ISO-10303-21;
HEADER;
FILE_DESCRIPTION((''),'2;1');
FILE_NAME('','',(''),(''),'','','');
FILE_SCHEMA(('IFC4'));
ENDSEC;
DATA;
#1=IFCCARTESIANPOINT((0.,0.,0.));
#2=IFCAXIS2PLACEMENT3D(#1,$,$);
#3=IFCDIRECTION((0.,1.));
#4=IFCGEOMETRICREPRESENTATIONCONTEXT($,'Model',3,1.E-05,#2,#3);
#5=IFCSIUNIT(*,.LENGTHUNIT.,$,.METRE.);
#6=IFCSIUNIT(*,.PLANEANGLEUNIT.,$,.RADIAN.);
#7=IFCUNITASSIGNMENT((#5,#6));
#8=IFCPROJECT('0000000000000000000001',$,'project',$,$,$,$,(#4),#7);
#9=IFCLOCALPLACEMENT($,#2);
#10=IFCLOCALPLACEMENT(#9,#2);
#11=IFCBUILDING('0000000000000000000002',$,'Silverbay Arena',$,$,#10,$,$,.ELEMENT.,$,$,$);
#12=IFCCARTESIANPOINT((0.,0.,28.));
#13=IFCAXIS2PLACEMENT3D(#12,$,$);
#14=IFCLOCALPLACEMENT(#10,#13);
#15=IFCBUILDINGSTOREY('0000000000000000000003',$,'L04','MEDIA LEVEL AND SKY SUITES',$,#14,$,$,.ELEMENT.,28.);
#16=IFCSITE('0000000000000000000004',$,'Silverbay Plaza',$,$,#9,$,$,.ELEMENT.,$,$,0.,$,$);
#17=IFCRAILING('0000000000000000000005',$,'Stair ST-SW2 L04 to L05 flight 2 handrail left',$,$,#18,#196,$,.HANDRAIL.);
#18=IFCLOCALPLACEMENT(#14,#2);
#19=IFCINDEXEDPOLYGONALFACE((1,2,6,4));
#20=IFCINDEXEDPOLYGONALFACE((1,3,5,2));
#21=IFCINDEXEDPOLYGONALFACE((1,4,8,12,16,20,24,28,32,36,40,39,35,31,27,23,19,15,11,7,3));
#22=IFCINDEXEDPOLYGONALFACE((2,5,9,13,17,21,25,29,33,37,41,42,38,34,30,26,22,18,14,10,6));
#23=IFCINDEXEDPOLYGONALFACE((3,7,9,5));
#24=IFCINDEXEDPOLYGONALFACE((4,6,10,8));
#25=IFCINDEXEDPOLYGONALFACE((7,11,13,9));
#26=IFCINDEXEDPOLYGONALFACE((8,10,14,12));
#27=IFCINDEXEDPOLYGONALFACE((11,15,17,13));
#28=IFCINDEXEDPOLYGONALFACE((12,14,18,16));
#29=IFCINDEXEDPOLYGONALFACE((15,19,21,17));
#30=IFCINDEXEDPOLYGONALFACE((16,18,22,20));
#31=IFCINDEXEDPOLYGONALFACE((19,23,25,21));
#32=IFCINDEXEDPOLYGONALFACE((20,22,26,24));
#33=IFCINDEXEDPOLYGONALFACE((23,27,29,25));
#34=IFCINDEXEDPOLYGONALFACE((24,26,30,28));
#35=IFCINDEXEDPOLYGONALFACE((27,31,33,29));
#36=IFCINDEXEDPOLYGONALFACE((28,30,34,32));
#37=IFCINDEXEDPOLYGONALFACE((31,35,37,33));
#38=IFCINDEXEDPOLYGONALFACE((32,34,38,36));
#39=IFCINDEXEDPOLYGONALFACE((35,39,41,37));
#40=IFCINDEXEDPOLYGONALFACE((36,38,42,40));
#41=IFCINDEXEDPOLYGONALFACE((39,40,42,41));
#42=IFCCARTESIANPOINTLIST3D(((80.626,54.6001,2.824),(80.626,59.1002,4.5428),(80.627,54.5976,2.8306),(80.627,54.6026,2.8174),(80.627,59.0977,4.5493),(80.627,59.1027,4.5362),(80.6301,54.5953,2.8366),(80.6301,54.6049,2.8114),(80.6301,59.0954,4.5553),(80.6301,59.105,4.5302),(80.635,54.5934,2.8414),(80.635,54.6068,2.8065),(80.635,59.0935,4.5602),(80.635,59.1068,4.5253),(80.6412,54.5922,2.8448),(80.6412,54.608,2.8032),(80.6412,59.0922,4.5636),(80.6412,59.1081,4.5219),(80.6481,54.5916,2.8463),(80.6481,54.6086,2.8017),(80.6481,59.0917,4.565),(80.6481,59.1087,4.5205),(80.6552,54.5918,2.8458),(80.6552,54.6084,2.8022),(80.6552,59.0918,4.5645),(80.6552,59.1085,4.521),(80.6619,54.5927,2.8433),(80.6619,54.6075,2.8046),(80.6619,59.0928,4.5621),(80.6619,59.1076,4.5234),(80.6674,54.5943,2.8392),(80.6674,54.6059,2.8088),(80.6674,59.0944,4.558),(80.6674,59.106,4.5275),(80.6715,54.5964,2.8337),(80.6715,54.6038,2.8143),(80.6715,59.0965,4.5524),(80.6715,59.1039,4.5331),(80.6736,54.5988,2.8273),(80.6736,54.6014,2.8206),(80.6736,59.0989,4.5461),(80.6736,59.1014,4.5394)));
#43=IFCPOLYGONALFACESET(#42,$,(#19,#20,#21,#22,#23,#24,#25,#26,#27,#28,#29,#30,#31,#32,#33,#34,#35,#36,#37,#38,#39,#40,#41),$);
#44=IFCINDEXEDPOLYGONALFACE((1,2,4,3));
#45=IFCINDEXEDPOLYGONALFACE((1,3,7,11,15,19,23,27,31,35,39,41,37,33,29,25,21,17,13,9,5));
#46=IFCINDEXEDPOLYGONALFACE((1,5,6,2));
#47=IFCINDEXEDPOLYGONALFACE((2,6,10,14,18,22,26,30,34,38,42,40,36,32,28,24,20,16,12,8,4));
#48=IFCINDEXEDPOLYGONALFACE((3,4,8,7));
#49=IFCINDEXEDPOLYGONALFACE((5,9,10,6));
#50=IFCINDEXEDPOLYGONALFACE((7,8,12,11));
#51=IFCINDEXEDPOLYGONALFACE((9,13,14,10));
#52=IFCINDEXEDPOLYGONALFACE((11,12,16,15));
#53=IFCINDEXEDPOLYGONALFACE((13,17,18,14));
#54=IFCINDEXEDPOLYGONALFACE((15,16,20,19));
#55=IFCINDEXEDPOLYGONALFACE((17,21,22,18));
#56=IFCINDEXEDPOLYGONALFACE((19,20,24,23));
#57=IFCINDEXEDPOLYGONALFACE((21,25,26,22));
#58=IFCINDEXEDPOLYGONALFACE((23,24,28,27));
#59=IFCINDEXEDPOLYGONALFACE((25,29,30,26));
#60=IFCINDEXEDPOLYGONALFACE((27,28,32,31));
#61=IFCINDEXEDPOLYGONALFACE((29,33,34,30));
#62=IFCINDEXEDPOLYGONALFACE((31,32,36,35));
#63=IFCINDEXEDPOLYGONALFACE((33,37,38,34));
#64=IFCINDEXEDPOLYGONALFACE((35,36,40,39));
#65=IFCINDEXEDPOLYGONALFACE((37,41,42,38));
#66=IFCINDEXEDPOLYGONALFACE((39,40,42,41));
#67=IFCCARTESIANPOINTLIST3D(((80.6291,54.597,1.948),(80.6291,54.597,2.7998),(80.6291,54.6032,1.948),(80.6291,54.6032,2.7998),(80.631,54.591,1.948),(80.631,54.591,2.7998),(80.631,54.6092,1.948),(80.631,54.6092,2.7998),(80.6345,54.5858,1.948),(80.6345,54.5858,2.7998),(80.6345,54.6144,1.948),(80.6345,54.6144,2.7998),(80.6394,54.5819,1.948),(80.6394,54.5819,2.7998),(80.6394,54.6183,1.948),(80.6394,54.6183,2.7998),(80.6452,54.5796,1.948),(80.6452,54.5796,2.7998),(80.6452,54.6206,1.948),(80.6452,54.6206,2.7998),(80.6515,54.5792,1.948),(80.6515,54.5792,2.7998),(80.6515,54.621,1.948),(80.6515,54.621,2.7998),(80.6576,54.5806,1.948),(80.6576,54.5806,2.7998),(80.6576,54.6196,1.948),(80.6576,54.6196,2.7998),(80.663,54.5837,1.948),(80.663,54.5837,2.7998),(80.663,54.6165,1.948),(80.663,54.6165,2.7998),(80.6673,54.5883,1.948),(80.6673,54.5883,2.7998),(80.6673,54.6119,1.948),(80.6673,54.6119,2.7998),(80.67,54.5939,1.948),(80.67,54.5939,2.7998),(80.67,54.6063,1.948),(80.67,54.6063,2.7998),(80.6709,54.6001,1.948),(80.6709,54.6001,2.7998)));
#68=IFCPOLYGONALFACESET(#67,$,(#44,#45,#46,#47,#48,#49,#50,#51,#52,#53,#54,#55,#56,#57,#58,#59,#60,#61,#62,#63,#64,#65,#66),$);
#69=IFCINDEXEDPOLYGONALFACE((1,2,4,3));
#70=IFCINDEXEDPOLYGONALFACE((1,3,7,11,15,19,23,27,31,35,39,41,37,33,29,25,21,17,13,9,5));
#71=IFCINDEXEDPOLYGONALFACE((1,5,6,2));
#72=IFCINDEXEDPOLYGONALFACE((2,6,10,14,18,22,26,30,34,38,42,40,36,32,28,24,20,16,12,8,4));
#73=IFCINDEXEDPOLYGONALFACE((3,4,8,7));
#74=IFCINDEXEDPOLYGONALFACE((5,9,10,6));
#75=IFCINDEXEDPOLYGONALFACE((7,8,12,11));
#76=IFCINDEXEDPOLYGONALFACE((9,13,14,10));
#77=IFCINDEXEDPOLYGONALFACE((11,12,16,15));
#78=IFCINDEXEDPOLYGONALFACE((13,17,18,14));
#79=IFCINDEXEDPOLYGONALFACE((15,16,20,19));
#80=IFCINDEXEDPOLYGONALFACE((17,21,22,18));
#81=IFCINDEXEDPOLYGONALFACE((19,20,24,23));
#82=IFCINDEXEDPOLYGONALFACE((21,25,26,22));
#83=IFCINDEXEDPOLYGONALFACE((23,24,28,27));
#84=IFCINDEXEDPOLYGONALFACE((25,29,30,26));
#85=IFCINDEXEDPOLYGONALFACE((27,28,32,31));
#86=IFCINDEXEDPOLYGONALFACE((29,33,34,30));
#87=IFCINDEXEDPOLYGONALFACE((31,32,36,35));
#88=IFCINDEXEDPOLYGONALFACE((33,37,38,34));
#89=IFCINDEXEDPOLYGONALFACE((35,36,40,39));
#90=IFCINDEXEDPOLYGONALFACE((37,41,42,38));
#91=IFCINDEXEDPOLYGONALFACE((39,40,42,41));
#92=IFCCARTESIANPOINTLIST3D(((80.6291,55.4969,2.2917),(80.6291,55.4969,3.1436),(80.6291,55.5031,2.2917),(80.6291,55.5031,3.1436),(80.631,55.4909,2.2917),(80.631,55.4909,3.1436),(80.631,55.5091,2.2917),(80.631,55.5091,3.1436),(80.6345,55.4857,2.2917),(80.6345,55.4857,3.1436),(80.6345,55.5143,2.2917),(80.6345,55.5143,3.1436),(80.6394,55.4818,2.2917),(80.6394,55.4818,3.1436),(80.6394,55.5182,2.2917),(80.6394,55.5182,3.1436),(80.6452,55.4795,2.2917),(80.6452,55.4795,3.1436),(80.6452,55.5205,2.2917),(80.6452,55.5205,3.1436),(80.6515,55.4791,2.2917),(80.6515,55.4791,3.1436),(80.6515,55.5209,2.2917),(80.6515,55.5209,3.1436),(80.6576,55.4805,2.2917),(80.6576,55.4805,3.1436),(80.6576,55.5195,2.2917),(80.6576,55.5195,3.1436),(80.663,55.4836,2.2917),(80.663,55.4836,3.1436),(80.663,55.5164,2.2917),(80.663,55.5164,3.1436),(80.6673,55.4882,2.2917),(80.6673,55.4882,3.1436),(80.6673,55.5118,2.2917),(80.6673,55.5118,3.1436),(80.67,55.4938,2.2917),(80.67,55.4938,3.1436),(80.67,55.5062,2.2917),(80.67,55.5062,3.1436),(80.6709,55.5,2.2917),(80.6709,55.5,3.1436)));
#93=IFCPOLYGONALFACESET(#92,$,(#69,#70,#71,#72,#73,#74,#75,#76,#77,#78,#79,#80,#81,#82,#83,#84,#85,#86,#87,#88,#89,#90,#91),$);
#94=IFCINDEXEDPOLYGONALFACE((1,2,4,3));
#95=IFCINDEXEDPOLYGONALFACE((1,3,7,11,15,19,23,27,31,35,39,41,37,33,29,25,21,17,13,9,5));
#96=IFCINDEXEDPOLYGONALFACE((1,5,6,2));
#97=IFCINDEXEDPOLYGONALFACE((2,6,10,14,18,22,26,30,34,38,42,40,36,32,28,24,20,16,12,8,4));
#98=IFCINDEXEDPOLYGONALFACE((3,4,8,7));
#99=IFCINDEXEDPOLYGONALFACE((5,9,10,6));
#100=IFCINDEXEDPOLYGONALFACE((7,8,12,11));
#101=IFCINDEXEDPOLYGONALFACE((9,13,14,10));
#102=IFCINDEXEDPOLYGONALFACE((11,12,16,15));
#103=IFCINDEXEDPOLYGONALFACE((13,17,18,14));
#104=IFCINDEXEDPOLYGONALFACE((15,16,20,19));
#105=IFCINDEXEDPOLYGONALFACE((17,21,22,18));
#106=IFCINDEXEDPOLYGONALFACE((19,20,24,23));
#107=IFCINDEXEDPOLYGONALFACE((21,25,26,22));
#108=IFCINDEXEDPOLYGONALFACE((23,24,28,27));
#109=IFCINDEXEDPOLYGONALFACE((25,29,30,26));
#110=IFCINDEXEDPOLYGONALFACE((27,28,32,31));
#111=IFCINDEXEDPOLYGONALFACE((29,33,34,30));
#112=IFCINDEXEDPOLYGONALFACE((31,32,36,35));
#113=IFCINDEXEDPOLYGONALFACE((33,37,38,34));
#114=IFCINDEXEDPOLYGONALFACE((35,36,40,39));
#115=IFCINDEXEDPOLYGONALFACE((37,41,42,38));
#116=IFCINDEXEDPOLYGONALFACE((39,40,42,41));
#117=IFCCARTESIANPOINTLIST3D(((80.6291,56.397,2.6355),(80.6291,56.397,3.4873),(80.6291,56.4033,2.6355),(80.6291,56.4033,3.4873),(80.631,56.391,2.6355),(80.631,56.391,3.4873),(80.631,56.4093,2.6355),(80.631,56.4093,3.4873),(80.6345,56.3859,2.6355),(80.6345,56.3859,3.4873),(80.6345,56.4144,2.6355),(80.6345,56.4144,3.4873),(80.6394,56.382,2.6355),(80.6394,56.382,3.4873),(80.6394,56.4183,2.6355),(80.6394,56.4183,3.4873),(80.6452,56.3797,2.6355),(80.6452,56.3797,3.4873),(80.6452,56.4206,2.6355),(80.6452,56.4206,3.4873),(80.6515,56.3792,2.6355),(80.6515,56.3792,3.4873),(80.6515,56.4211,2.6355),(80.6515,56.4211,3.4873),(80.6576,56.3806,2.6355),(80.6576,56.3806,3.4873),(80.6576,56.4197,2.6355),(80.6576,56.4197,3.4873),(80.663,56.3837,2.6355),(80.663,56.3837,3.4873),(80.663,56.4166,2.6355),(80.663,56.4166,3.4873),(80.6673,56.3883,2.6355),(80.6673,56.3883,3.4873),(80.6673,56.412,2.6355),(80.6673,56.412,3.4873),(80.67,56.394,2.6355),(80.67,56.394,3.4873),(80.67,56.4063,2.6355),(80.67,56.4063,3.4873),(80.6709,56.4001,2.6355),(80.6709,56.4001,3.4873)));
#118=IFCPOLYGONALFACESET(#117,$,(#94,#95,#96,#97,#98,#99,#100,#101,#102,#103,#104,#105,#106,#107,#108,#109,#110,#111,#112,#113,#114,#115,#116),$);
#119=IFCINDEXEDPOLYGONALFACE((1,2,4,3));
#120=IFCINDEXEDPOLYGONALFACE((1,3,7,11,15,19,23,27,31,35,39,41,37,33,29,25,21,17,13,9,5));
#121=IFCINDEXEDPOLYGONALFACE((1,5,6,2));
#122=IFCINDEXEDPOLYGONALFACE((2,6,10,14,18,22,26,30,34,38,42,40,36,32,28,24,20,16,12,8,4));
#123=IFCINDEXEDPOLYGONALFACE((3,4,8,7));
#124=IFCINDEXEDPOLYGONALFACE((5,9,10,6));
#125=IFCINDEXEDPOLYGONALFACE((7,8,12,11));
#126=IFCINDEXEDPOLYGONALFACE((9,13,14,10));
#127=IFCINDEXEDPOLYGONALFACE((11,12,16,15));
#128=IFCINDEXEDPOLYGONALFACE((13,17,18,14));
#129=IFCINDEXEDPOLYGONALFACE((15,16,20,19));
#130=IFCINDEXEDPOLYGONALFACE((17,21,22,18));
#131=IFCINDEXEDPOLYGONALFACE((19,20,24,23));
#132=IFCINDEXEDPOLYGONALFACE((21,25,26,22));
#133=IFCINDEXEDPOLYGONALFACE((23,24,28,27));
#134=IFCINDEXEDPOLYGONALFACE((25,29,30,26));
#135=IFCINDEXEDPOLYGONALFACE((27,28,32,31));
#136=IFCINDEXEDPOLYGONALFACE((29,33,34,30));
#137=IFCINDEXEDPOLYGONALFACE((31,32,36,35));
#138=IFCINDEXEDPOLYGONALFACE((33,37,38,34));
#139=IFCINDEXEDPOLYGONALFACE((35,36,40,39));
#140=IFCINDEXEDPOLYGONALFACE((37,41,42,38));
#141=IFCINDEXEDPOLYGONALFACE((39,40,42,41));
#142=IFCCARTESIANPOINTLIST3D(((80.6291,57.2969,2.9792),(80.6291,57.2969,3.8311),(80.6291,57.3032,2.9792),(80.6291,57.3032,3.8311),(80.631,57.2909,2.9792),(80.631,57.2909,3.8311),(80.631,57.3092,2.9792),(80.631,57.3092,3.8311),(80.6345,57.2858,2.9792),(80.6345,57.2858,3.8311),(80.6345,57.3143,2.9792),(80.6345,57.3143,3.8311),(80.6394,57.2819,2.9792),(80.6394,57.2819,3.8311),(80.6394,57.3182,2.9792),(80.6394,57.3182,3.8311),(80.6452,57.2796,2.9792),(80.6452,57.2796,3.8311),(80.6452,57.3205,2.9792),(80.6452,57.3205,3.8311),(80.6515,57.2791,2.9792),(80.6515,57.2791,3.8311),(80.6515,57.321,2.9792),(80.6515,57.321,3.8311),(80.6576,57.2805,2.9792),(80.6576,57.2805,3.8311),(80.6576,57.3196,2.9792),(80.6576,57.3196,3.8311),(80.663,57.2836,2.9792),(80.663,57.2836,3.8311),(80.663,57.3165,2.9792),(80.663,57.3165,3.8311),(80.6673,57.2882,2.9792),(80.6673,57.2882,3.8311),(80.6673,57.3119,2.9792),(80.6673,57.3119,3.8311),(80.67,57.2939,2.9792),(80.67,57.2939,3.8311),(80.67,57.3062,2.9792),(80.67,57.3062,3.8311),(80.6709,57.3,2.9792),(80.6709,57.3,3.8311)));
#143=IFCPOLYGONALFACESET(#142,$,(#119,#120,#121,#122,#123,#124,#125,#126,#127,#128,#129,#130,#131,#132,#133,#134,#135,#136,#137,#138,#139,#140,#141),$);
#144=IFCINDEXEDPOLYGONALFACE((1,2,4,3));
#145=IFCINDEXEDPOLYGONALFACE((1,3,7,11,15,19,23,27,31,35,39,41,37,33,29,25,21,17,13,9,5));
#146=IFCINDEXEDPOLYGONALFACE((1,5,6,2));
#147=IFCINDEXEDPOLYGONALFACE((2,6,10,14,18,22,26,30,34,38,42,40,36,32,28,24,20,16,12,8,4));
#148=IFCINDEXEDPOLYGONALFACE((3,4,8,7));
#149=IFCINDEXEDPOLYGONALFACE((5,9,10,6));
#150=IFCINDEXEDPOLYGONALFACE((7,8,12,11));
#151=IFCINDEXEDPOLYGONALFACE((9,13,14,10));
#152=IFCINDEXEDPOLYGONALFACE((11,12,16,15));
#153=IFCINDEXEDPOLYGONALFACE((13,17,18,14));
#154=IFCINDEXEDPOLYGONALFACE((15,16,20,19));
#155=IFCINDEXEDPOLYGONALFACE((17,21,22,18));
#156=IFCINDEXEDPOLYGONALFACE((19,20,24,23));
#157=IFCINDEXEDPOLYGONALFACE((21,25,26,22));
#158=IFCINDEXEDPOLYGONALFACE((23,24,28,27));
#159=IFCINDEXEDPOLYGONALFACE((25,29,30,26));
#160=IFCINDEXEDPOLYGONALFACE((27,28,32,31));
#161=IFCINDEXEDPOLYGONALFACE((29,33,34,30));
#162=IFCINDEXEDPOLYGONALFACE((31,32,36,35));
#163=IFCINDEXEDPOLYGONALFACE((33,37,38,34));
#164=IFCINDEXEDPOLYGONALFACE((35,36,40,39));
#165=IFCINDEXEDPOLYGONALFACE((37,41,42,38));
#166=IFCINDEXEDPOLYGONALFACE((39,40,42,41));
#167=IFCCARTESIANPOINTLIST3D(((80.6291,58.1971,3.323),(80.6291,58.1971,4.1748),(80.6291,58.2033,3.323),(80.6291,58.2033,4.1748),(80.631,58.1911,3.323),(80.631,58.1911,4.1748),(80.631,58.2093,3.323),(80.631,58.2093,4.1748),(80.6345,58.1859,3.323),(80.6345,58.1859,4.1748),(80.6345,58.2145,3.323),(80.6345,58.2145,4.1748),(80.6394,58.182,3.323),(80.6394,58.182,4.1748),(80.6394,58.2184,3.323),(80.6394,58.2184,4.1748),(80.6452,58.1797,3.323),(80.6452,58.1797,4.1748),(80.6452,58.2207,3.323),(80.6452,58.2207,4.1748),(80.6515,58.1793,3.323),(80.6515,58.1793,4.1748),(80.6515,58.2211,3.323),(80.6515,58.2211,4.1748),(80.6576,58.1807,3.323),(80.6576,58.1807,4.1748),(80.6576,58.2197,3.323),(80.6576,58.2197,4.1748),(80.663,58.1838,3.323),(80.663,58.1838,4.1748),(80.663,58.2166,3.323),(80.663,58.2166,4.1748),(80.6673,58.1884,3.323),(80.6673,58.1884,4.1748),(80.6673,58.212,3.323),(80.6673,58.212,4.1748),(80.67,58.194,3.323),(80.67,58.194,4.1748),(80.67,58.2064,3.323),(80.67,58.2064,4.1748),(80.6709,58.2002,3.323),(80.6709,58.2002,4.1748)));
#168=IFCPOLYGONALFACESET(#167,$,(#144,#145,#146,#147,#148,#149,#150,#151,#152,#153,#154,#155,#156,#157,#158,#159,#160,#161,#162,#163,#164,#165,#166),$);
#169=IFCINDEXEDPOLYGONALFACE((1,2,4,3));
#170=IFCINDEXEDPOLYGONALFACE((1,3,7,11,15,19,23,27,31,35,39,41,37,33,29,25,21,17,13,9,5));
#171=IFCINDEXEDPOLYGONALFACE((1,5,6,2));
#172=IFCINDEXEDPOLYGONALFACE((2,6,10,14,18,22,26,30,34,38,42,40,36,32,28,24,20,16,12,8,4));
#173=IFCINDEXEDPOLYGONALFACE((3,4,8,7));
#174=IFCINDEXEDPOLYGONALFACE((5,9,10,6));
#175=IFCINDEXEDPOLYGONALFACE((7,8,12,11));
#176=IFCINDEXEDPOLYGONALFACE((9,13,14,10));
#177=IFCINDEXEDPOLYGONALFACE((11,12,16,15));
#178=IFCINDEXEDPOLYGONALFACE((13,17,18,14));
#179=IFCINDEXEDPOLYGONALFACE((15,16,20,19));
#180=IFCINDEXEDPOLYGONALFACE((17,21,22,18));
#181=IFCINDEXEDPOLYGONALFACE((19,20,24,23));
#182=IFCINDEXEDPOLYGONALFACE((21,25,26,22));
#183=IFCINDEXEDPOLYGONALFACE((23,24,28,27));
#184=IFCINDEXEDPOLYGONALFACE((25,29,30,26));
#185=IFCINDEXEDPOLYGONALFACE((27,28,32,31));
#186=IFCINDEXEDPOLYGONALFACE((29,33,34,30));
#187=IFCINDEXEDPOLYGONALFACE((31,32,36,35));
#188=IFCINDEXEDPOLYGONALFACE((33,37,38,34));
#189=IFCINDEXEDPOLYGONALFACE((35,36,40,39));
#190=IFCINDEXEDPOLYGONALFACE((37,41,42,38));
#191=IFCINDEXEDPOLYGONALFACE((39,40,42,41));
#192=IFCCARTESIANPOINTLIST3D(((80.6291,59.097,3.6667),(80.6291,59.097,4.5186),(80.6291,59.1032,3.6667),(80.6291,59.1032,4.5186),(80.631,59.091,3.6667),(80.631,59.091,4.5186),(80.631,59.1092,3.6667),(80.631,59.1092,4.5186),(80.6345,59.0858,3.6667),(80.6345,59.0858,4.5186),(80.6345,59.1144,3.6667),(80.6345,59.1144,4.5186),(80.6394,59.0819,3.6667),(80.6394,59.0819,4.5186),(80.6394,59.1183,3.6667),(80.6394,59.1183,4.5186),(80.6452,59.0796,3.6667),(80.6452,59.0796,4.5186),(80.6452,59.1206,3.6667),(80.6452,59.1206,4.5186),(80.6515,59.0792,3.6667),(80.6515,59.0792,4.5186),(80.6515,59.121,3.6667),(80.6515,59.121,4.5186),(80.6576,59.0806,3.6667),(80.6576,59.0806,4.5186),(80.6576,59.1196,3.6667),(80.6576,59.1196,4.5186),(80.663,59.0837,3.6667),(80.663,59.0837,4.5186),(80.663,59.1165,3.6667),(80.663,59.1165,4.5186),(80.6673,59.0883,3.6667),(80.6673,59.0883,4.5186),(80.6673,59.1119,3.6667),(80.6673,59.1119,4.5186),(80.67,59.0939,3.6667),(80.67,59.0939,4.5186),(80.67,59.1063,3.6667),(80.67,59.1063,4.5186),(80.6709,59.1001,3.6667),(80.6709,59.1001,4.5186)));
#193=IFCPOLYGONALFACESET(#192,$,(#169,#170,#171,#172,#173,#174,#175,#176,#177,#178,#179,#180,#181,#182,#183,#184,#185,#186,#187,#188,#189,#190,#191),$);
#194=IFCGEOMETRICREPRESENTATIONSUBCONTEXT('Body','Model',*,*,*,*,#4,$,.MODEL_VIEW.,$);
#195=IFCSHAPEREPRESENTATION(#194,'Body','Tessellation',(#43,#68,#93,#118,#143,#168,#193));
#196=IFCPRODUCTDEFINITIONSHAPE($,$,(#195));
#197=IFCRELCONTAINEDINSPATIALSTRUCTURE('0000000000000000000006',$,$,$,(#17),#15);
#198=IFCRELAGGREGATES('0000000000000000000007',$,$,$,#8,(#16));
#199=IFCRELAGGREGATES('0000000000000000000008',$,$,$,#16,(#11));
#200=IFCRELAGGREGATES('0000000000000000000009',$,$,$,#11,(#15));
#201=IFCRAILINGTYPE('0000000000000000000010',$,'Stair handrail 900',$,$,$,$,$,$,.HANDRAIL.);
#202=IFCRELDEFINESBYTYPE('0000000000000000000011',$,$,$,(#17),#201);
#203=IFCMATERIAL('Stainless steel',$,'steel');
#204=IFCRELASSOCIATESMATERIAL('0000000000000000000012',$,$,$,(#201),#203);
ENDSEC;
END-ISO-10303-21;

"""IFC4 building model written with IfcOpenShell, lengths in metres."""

from ifc_helpers import new_model, si_unit, direction, frame, origin, origin_2d, place, context, subcontext, project, spatial, circle, extrude, material, type_object, element, save


model = new_model("IFC4")

# Units and contexts
model_context = context("Model", 3, precision=1e-05, world=origin(), true_north=direction((0.0, 1.0)))
body_context = subcontext(model_context, "Body", "Model", "MODEL_VIEW")
ifc_project = project(units=[si_unit("LENGTHUNIT", "METRE"), si_unit("PLANEANGLEUNIT", "RADIAN")], contexts=[model_context])

# Site, building, storey
site_placement = place(None, origin())
site = spatial("IfcSite", under=ifc_project, at=site_placement, Name="Silverbay Plaza", CompositionType="ELEMENT", RefElevation=0.0)
building_placement = place(site_placement, origin())
building = spatial("IfcBuilding", under=site, at=building_placement, Name="Silverbay Arena", CompositionType="ELEMENT")
storey_placement = place(building_placement, frame((0.0, 0.0, 28.0)))
storey = spatial("IfcBuildingStorey", under=building, at=storey_placement, Name="L04", Description="MEDIA LEVEL AND SKY SUITES", CompositionType="ELEMENT", Elevation=28.0)

# Railing
ifc_material_1 = material(Name="Stainless steel", Category="steel")
railing_type_1 = type_object("IfcRailingType", Name="Stair handrail 900", PredefinedType="HANDRAIL", material=ifc_material_1)
for number, where, name in (
    (1, (80.6499, 54.6001, 1.948), "Stair ST-SW2 L04 to L05 flight 2 handrail left"),
):
    element("IfcRailing", number, at=place(storey_placement, frame(where)), inside=storey, type_object=railing_type_1, Name=name, PredefinedType="HANDRAIL", context=body_context, shape_type="SweptSolid", body=[
        extrude(circle(Radius=0.0239, at=origin_2d()), frame((0.0, 0.0, 0.876), z_axis=(0.0, 0.934179, 0.356805), x_axis=(-1.0, 0.0, 0.0)), (0.0, 0.0, 1.0), 4.8171),
        extrude(circle(Radius=0.021, at=origin_2d()), origin(), (0.0, 0.0, 1.0), 0.8518),
        extrude(circle(Radius=0.021, at=origin_2d()), frame((0.0, 0.8999, 0.3438)), (0.0, 0.0, 1.0), 0.8518),
        extrude(circle(Radius=0.021, at=origin_2d()), frame((0.0, 1.8, 0.6875)), (0.0, 0.0, 1.0), 0.8518),
        extrude(circle(Radius=0.021, at=origin_2d()), frame((0.0, 2.7, 1.0312)), (0.0, 0.0, 1.0), 0.8518),
        extrude(circle(Radius=0.021, at=origin_2d()), frame((0.0, 3.6001, 1.375)), (0.0, 0.0, 1.0), 0.8518),
        extrude(circle(Radius=0.021, at=origin_2d()), frame((0.0, 4.5, 1.7188)), (0.0, 0.0, 1.0), 0.8518),
    ])

save(model, "model.ifc")
